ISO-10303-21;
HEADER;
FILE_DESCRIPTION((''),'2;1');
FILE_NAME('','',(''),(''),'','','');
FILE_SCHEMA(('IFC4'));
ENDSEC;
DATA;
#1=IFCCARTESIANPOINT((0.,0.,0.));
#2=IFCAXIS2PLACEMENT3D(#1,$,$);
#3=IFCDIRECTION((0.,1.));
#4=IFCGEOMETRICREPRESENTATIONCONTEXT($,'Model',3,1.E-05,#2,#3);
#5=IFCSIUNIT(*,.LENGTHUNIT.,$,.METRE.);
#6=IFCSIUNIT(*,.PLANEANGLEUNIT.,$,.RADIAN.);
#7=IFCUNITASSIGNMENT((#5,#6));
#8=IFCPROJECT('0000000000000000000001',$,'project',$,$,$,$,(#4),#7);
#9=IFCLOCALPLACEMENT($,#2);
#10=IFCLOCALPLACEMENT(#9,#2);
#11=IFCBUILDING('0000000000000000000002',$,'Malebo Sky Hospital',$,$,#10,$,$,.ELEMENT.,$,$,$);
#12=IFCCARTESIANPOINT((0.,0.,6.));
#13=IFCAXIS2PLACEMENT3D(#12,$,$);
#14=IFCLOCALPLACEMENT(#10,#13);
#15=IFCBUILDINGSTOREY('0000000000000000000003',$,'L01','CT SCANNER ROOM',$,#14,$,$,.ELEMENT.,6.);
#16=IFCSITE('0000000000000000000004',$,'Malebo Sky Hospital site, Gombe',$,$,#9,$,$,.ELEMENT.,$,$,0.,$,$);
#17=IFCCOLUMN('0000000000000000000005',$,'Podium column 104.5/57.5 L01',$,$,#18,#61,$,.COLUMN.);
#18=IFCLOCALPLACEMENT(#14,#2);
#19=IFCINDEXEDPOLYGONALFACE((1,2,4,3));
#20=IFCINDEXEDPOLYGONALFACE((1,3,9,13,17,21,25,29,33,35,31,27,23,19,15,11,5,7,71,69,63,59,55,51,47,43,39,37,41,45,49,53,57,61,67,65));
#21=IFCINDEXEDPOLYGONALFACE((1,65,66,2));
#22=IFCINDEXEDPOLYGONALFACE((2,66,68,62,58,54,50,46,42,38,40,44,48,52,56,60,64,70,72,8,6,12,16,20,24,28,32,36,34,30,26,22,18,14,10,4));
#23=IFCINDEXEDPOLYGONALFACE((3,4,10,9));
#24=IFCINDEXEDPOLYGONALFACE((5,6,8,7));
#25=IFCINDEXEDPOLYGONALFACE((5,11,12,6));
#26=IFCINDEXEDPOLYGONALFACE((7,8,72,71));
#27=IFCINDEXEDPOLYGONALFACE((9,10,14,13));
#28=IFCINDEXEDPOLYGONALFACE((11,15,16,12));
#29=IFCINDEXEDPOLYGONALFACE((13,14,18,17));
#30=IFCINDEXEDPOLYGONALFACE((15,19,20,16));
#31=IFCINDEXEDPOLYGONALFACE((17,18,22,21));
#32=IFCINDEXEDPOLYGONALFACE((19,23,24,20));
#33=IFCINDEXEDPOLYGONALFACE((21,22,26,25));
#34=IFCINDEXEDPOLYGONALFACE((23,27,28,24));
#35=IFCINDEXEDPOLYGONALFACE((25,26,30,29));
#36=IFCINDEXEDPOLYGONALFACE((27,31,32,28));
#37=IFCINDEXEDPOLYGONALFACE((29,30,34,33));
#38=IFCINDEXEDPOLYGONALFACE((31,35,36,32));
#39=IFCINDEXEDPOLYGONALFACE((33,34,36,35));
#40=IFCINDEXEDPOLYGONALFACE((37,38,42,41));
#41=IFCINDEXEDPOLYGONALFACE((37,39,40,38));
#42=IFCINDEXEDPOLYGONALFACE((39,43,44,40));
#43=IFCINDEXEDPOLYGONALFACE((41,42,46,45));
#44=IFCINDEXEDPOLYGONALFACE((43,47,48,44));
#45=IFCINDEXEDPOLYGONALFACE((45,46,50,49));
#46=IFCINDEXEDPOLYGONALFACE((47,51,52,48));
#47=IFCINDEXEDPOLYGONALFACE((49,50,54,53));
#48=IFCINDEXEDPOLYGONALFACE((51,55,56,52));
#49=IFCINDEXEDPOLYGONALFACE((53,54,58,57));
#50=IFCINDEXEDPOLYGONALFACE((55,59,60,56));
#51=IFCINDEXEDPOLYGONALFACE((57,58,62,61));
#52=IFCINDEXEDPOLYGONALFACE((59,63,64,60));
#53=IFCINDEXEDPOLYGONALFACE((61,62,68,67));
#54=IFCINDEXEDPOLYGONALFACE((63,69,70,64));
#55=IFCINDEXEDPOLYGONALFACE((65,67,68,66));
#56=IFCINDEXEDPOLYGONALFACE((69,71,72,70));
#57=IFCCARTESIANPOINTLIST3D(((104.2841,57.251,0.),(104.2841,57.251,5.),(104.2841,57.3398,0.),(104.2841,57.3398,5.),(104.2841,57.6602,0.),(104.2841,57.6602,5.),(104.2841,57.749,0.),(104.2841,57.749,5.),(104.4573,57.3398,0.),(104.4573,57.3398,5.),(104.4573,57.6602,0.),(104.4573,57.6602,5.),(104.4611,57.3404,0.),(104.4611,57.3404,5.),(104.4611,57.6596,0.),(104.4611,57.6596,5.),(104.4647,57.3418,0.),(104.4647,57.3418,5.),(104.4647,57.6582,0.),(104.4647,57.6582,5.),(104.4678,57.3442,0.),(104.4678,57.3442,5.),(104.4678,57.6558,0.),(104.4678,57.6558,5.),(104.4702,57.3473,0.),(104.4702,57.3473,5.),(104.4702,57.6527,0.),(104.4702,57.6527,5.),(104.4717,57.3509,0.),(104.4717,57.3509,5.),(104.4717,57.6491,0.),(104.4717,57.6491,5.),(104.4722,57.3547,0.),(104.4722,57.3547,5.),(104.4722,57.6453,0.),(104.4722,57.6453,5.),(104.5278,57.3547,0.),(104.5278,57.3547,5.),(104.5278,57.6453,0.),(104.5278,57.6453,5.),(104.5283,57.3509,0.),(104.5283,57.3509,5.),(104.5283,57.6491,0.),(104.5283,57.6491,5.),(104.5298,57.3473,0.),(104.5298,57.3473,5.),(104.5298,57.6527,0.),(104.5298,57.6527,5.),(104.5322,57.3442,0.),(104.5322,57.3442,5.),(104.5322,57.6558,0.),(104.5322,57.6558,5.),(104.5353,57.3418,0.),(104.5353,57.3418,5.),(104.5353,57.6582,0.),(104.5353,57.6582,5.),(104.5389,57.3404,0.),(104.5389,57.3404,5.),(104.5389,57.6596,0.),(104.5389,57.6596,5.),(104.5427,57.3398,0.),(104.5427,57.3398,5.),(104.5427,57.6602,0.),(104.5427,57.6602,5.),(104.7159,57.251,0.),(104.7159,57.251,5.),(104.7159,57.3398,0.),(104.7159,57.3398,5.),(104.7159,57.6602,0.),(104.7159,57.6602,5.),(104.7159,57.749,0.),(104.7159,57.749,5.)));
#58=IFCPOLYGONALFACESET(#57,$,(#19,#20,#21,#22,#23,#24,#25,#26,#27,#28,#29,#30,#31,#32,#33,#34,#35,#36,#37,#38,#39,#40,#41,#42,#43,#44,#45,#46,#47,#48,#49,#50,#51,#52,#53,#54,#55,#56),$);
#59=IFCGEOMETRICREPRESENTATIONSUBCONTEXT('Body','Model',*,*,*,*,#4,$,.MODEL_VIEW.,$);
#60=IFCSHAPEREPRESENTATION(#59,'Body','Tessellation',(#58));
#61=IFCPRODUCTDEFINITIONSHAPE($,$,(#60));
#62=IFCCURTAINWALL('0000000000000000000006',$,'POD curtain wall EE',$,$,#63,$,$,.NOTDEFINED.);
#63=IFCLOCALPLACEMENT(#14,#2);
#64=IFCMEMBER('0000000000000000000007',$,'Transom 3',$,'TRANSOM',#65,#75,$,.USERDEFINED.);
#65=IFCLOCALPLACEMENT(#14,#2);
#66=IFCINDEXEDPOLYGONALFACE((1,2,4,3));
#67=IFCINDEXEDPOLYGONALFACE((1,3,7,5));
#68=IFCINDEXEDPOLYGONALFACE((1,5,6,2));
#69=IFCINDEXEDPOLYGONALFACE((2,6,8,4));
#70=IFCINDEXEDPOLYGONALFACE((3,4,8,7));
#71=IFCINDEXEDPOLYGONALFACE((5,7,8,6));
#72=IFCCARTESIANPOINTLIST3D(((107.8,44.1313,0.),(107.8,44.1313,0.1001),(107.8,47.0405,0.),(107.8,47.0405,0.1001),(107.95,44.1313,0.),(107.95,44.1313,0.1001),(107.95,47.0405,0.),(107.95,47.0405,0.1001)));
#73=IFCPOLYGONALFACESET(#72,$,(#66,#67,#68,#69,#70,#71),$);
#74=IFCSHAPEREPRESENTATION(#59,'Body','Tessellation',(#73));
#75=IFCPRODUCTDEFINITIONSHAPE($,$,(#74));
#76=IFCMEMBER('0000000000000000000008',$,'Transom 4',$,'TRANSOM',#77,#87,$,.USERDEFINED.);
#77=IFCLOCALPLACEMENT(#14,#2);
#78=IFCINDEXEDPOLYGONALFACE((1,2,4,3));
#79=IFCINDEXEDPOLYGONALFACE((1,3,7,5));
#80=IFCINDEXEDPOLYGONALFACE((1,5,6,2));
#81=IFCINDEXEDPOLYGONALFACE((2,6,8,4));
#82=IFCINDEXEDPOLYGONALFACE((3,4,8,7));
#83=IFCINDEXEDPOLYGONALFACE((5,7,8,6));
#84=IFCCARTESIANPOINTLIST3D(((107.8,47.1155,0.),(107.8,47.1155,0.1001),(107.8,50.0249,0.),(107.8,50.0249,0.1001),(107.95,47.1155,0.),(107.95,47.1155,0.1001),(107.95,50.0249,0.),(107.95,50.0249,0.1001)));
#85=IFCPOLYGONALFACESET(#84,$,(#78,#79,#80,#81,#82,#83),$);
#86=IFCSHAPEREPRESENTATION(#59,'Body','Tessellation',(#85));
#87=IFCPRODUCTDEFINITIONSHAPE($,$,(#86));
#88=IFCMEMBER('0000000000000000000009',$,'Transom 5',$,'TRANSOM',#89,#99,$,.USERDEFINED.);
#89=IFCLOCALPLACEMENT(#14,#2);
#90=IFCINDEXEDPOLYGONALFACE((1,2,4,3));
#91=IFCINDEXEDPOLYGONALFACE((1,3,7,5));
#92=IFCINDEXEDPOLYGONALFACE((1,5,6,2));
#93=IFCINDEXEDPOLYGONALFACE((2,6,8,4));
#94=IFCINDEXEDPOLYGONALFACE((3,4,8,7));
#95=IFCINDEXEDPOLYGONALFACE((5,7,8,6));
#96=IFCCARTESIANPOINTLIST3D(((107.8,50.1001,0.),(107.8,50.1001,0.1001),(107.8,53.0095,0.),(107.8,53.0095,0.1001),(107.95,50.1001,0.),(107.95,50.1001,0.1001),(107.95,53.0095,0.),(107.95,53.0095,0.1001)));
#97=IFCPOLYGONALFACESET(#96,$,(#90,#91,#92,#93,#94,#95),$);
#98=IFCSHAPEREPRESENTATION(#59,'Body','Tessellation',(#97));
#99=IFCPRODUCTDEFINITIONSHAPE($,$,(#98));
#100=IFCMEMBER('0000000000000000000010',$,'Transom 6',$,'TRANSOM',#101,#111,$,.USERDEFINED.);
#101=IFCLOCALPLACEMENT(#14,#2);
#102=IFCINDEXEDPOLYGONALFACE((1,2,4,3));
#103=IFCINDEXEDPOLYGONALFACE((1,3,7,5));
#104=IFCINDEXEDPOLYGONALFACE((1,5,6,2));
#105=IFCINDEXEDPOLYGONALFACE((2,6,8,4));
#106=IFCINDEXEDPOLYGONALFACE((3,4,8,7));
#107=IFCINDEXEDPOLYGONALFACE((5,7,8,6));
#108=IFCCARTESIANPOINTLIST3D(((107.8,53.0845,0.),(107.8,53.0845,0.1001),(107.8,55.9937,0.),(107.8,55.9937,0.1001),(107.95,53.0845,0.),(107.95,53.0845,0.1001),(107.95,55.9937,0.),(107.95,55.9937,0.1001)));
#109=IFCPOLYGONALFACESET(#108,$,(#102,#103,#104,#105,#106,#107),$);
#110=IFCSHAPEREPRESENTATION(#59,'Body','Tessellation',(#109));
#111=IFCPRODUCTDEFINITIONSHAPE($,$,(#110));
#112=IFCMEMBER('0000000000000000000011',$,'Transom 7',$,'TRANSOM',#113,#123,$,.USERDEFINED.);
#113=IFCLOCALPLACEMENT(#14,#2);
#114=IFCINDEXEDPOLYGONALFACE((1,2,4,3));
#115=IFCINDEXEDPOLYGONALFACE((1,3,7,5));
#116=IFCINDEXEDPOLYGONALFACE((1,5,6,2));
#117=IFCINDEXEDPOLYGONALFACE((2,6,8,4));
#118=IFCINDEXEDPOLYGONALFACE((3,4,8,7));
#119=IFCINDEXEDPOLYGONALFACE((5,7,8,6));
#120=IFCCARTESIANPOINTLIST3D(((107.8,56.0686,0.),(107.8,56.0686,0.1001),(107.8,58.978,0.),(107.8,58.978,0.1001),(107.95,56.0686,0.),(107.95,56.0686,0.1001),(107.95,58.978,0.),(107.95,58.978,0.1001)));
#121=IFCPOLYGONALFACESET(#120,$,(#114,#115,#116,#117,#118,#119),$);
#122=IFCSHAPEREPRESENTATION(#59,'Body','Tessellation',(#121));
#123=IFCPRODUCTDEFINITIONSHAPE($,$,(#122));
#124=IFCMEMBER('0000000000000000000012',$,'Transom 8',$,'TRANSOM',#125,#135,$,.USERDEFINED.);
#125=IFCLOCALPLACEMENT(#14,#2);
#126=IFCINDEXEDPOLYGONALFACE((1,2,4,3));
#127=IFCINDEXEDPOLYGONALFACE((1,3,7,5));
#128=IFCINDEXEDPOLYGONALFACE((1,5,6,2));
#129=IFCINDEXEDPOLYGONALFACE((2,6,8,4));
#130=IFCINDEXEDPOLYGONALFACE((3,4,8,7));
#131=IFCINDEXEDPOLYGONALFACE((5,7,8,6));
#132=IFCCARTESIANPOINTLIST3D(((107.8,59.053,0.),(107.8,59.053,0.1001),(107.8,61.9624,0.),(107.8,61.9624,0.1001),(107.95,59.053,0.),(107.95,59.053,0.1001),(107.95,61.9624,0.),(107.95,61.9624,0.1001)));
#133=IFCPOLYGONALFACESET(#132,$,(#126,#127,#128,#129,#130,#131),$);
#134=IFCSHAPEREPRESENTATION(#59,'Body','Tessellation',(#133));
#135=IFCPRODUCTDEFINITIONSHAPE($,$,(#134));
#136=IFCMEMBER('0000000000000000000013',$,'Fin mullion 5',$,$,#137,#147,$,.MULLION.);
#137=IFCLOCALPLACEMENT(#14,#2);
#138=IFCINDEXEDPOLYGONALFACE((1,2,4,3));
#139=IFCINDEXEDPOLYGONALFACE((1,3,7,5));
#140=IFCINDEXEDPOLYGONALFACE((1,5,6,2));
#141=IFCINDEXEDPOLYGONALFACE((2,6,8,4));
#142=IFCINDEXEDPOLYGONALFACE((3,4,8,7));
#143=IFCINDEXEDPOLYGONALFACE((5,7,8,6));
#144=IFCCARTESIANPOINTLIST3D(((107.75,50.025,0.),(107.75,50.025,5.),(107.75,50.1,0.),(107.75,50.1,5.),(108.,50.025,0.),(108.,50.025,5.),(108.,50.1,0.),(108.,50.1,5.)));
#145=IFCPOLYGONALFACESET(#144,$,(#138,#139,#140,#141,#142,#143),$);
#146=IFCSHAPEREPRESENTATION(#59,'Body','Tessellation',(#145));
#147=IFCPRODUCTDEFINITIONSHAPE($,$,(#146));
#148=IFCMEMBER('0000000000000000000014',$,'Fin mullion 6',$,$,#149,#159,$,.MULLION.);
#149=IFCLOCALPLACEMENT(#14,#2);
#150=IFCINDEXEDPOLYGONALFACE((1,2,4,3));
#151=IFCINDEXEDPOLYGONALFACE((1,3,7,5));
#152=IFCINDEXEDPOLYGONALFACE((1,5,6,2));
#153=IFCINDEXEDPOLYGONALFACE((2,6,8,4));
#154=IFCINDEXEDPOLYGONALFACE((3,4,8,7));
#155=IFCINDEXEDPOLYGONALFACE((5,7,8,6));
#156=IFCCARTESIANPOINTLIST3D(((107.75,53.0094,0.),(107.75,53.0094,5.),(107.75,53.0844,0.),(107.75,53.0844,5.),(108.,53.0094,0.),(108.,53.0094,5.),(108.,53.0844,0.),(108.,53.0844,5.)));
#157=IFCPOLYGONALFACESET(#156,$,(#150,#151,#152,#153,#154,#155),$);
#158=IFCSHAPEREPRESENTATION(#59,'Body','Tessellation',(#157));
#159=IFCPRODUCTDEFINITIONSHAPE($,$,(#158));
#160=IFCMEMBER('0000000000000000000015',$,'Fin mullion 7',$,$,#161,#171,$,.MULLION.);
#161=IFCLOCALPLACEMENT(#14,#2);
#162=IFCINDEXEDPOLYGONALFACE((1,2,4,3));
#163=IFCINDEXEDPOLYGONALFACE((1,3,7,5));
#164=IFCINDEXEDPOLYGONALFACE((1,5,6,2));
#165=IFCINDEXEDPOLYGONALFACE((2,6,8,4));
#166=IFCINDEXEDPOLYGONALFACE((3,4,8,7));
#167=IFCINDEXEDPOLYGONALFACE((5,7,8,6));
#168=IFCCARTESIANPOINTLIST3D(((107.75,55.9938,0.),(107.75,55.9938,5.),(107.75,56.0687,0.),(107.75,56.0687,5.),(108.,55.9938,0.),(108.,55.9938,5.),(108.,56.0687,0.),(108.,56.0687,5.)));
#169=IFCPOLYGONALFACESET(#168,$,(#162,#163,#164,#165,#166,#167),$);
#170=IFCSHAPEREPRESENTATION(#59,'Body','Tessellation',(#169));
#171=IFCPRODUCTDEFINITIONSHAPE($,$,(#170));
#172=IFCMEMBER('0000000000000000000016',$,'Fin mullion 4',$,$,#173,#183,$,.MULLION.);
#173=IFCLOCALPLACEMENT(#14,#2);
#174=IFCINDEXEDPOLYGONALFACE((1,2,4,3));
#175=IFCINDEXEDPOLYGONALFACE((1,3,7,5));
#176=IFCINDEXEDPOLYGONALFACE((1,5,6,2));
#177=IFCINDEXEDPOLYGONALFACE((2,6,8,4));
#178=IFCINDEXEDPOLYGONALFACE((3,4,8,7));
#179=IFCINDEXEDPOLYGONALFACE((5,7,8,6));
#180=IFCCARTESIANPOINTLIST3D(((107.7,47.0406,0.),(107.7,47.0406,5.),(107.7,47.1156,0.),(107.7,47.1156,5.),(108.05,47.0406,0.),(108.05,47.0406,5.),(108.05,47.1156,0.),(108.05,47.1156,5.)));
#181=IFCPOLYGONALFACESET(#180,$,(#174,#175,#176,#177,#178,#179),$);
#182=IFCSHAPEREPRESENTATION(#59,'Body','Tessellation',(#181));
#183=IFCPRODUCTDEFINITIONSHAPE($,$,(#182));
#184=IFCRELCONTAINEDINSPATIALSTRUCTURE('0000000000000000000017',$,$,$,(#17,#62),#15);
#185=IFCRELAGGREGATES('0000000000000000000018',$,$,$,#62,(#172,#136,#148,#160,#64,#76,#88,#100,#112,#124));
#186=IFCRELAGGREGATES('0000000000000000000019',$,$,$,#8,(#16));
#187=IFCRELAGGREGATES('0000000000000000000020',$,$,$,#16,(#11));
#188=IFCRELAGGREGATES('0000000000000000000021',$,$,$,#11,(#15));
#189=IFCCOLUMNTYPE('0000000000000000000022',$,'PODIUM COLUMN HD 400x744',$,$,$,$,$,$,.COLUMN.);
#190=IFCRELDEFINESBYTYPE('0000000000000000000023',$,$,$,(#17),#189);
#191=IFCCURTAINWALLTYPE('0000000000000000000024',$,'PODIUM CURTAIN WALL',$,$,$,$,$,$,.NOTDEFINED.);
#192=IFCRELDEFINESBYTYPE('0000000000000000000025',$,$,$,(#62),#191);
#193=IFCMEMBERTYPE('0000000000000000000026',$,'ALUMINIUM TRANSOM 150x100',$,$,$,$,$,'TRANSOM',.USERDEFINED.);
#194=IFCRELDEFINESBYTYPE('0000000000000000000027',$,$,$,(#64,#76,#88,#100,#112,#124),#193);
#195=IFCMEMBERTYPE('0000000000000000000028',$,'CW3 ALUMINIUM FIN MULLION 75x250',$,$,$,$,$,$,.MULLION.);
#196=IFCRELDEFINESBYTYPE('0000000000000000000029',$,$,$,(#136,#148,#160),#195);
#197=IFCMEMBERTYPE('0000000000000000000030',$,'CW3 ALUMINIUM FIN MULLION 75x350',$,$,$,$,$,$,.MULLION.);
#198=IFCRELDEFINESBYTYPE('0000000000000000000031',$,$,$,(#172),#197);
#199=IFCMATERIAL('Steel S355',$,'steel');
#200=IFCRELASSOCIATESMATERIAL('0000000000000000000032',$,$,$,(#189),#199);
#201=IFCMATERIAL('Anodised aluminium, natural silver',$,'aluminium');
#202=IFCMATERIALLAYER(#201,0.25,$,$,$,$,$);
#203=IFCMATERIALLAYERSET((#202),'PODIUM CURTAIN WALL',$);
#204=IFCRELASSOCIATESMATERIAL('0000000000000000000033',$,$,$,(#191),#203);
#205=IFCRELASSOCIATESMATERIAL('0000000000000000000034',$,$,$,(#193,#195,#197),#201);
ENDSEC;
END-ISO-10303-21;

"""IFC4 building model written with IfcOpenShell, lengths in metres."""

from ifc_helpers import new_model, si_unit, direction, frame, origin, origin_2d, place, context, subcontext, project, spatial, rectangle, i_section, extrude, material, layer, layer_set, material_profile, profile_set, type_object, element, aggregate, save


model = new_model("IFC4")

# Units and contexts
model_context = context("Model", 3, precision=1e-05, world=origin(), true_north=direction((0.0, 1.0)))
body_context = subcontext(model_context, "Body", "Model", "MODEL_VIEW")
ifc_project = project(units=[si_unit("LENGTHUNIT", "METRE"), si_unit("PLANEANGLEUNIT", "RADIAN")], contexts=[model_context])

# Site, building, storey
site_placement = place(None, origin())
site = spatial("IfcSite", under=ifc_project, at=site_placement, Name="Malebo Sky Hospital site, Gombe", CompositionType="ELEMENT", RefElevation=0.0)
building_placement = place(site_placement, origin())
building = spatial("IfcBuilding", under=site, at=building_placement, Name="Malebo Sky Hospital", CompositionType="ELEMENT")
storey_placement = place(building_placement, frame((0.0, 0.0, 6.0)))
storey = spatial("IfcBuildingStorey", under=building, at=storey_placement, Name="L01", Description="CT SCANNER ROOM", CompositionType="ELEMENT", Elevation=6.0)

# Column
ifc_material_1 = material(Name="Steel S355", Category="steel")
ifc_material_profile_1 = material_profile(ifc_material_1, i_section(OverallWidth=0.4319, OverallDepth=0.498, WebThickness=0.0557, FlangeThickness=0.0889, FilletRadius=0.0149, at=origin_2d()), Name="HD 400x744")
ifc_profile_set_1 = profile_set([ifc_material_profile_1], Name="Steel S355")
column_type = type_object("IfcColumnType", Name="PODIUM COLUMN HD 400x744", PredefinedType="COLUMN", material=ifc_profile_set_1)
column_placement = place(storey_placement, frame((104.5, 57.5, 0.0), z_axis=(0.0, 0.0, 1.0), x_axis=(1.0, 0.0, 0.0)))
element("IfcColumn", 1, at=column_placement, inside=storey, type_object=column_type, Name="Podium column 104.5/57.5 L01", PredefinedType="COLUMN", context=body_context, shape_type="SweptSolid", body=[
    extrude(i_section(OverallWidth=0.4319, OverallDepth=0.498, WebThickness=0.0557, FlangeThickness=0.0889, FilletRadius=0.0149, at=origin_2d()), origin(), (0.0, 0.0, 1.0), 5.0),
])

# Curtain wall, members
ifc_material_2 = material(Name="Anodised aluminium, natural silver", Category="aluminium")
ifc_layer_1 = layer(ifc_material_2, 0.25)
ifc_layer_set_1 = layer_set([ifc_layer_1], Name="PODIUM CURTAIN WALL")
curtain_wall_type = type_object("IfcCurtainWallType", Name="PODIUM CURTAIN WALL", PredefinedType="NOTDEFINED", material=ifc_layer_set_1)
curtain_wall_placement = place(storey_placement, origin())
curtain_wall = element("IfcCurtainWall", 2, at=curtain_wall_placement, inside=storey, type_object=curtain_wall_type, Name="POD curtain wall EE", PredefinedType="NOTDEFINED")
ifc_material_profile_2 = material_profile(ifc_material_2, rectangle(XDim=0.1499, YDim=0.1001, at=origin_2d()), Name="ALUMINIUM TRANSOM 150x100")
ifc_profile_set_2 = profile_set([ifc_material_profile_2], Name="Anodised aluminium, natural silver")
member_type_1 = type_object("IfcMemberType", Name="ALUMINIUM TRANSOM 150x100", ElementType="TRANSOM", PredefinedType="USERDEFINED", material=ifc_profile_set_2)
member_1_placement = place(storey_placement, frame((107.875, 44.1313, 0.05), z_axis=(0.0, 1.0, 0.0), x_axis=(-1.0, 0.0, 0.0)))
member_1 = element("IfcMember", 3, at=member_1_placement, type_object=member_type_1, Name="Transom 3", ObjectType="TRANSOM", PredefinedType="USERDEFINED", context=body_context, shape_type="SweptSolid", body=[
    extrude(rectangle(XDim=0.1499, YDim=0.1001, at=origin_2d()), origin(), (0.0, 0.0, 1.0), 2.9092),
])
member_2_placement = place(storey_placement, frame((107.875, 47.1155, 0.05), z_axis=(0.0, 1.0, 0.0), x_axis=(-1.0, 0.0, 0.0)))
member_2 = element("IfcMember", 4, at=member_2_placement, type_object=member_type_1, Name="Transom 4", ObjectType="TRANSOM", PredefinedType="USERDEFINED", context=body_context, shape_type="SweptSolid", body=[
    extrude(rectangle(XDim=0.1499, YDim=0.1001, at=origin_2d()), origin(), (0.0, 0.0, 1.0), 2.9094),
])
member_3_placement = place(storey_placement, frame((107.875, 50.1001, 0.05), z_axis=(0.0, 1.0, 0.0), x_axis=(-1.0, 0.0, 0.0)))
member_3 = element("IfcMember", 5, at=member_3_placement, type_object=member_type_1, Name="Transom 5", ObjectType="TRANSOM", PredefinedType="USERDEFINED", context=body_context, shape_type="SweptSolid", body=[
    extrude(rectangle(XDim=0.1499, YDim=0.1001, at=origin_2d()), origin(), (0.0, 0.0, 1.0), 2.9094),
])
member_4_placement = place(storey_placement, frame((107.875, 53.0845, 0.05), z_axis=(0.0, 1.0, 0.0), x_axis=(-1.0, 0.0, 0.0)))
member_4 = element("IfcMember", 6, at=member_4_placement, type_object=member_type_1, Name="Transom 6", ObjectType="TRANSOM", PredefinedType="USERDEFINED", context=body_context, shape_type="SweptSolid", body=[
    extrude(rectangle(XDim=0.1499, YDim=0.1001, at=origin_2d()), origin(), (0.0, 0.0, 1.0), 2.9092),
])
member_5_placement = place(storey_placement, frame((107.875, 56.0686, 0.05), z_axis=(0.0, 1.0, 0.0), x_axis=(-1.0, 0.0, 0.0)))
member_5 = element("IfcMember", 7, at=member_5_placement, type_object=member_type_1, Name="Transom 7", ObjectType="TRANSOM", PredefinedType="USERDEFINED", context=body_context, shape_type="SweptSolid", body=[
    extrude(rectangle(XDim=0.1499, YDim=0.1001, at=origin_2d()), origin(), (0.0, 0.0, 1.0), 2.9094),
])
member_6_placement = place(storey_placement, frame((107.875, 59.053, 0.05), z_axis=(0.0, 1.0, 0.0), x_axis=(-1.0, 0.0, 0.0)))
member_6 = element("IfcMember", 8, at=member_6_placement, type_object=member_type_1, Name="Transom 8", ObjectType="TRANSOM", PredefinedType="USERDEFINED", context=body_context, shape_type="SweptSolid", body=[
    extrude(rectangle(XDim=0.1499, YDim=0.1001, at=origin_2d()), origin(), (0.0, 0.0, 1.0), 2.9094),
])
ifc_material_profile_3 = material_profile(ifc_material_2, rectangle(XDim=0.075, YDim=0.25, at=origin_2d()), Name="CW3 ALUMINIUM FIN MULLION 75x250")
ifc_profile_set_3 = profile_set([ifc_material_profile_3], Name="Anodised aluminium, natural silver")
member_type_2 = type_object("IfcMemberType", Name="CW3 ALUMINIUM FIN MULLION 75x250", PredefinedType="MULLION", material=ifc_profile_set_3)
member_7_placement = place(storey_placement, frame((107.875, 50.0625, 0.0), z_axis=(0.0, 0.0, 1.0), x_axis=(0.0, 1.0, 0.0)))
member_7 = element("IfcMember", 9, at=member_7_placement, type_object=member_type_2, Name="Fin mullion 5", PredefinedType="MULLION", context=body_context, shape_type="SweptSolid", body=[
    extrude(rectangle(XDim=0.075, YDim=0.25, at=origin_2d()), origin(), (0.0, 0.0, 1.0), 5.0),
])
member_8_placement = place(storey_placement, frame((107.875, 53.0469, 0.0), z_axis=(0.0, 0.0, 1.0), x_axis=(0.0, 1.0, 0.0)))
member_8 = element("IfcMember", 10, at=member_8_placement, type_object=member_type_2, Name="Fin mullion 6", PredefinedType="MULLION", context=body_context, shape_type="SweptSolid", body=[
    extrude(rectangle(XDim=0.075, YDim=0.25, at=origin_2d()), origin(), (0.0, 0.0, 1.0), 5.0),
])
member_9_placement = place(storey_placement, frame((107.875, 56.0312, 0.0), z_axis=(0.0, 0.0, 1.0), x_axis=(0.0, 1.0, 0.0)))
member_9 = element("IfcMember", 11, at=member_9_placement, type_object=member_type_2, Name="Fin mullion 7", PredefinedType="MULLION", context=body_context, shape_type="SweptSolid", body=[
    extrude(rectangle(XDim=0.075, YDim=0.25, at=origin_2d()), origin(), (0.0, 0.0, 1.0), 5.0),
])
ifc_material_profile_4 = material_profile(ifc_material_2, rectangle(XDim=0.075, YDim=0.3501, at=origin_2d()), Name="CW3 ALUMINIUM FIN MULLION 75x350")
ifc_profile_set_4 = profile_set([ifc_material_profile_4], Name="Anodised aluminium, natural silver")
member_type_3 = type_object("IfcMemberType", Name="CW3 ALUMINIUM FIN MULLION 75x350", PredefinedType="MULLION", material=ifc_profile_set_4)
member_10_placement = place(storey_placement, frame((107.875, 47.0781, 0.0), z_axis=(0.0, 0.0, 1.0), x_axis=(0.0, 1.0, 0.0)))
member_10 = element("IfcMember", 12, at=member_10_placement, type_object=member_type_3, Name="Fin mullion 4", PredefinedType="MULLION", context=body_context, shape_type="SweptSolid", body=[
    extrude(rectangle(XDim=0.075, YDim=0.3501, at=origin_2d()), origin(), (0.0, 0.0, 1.0), 5.0),
])

aggregate(curtain_wall, [member_10, member_7, member_8, member_9, member_1, member_2, member_3, member_4, member_5, member_6])

save(model, "model.ifc")
